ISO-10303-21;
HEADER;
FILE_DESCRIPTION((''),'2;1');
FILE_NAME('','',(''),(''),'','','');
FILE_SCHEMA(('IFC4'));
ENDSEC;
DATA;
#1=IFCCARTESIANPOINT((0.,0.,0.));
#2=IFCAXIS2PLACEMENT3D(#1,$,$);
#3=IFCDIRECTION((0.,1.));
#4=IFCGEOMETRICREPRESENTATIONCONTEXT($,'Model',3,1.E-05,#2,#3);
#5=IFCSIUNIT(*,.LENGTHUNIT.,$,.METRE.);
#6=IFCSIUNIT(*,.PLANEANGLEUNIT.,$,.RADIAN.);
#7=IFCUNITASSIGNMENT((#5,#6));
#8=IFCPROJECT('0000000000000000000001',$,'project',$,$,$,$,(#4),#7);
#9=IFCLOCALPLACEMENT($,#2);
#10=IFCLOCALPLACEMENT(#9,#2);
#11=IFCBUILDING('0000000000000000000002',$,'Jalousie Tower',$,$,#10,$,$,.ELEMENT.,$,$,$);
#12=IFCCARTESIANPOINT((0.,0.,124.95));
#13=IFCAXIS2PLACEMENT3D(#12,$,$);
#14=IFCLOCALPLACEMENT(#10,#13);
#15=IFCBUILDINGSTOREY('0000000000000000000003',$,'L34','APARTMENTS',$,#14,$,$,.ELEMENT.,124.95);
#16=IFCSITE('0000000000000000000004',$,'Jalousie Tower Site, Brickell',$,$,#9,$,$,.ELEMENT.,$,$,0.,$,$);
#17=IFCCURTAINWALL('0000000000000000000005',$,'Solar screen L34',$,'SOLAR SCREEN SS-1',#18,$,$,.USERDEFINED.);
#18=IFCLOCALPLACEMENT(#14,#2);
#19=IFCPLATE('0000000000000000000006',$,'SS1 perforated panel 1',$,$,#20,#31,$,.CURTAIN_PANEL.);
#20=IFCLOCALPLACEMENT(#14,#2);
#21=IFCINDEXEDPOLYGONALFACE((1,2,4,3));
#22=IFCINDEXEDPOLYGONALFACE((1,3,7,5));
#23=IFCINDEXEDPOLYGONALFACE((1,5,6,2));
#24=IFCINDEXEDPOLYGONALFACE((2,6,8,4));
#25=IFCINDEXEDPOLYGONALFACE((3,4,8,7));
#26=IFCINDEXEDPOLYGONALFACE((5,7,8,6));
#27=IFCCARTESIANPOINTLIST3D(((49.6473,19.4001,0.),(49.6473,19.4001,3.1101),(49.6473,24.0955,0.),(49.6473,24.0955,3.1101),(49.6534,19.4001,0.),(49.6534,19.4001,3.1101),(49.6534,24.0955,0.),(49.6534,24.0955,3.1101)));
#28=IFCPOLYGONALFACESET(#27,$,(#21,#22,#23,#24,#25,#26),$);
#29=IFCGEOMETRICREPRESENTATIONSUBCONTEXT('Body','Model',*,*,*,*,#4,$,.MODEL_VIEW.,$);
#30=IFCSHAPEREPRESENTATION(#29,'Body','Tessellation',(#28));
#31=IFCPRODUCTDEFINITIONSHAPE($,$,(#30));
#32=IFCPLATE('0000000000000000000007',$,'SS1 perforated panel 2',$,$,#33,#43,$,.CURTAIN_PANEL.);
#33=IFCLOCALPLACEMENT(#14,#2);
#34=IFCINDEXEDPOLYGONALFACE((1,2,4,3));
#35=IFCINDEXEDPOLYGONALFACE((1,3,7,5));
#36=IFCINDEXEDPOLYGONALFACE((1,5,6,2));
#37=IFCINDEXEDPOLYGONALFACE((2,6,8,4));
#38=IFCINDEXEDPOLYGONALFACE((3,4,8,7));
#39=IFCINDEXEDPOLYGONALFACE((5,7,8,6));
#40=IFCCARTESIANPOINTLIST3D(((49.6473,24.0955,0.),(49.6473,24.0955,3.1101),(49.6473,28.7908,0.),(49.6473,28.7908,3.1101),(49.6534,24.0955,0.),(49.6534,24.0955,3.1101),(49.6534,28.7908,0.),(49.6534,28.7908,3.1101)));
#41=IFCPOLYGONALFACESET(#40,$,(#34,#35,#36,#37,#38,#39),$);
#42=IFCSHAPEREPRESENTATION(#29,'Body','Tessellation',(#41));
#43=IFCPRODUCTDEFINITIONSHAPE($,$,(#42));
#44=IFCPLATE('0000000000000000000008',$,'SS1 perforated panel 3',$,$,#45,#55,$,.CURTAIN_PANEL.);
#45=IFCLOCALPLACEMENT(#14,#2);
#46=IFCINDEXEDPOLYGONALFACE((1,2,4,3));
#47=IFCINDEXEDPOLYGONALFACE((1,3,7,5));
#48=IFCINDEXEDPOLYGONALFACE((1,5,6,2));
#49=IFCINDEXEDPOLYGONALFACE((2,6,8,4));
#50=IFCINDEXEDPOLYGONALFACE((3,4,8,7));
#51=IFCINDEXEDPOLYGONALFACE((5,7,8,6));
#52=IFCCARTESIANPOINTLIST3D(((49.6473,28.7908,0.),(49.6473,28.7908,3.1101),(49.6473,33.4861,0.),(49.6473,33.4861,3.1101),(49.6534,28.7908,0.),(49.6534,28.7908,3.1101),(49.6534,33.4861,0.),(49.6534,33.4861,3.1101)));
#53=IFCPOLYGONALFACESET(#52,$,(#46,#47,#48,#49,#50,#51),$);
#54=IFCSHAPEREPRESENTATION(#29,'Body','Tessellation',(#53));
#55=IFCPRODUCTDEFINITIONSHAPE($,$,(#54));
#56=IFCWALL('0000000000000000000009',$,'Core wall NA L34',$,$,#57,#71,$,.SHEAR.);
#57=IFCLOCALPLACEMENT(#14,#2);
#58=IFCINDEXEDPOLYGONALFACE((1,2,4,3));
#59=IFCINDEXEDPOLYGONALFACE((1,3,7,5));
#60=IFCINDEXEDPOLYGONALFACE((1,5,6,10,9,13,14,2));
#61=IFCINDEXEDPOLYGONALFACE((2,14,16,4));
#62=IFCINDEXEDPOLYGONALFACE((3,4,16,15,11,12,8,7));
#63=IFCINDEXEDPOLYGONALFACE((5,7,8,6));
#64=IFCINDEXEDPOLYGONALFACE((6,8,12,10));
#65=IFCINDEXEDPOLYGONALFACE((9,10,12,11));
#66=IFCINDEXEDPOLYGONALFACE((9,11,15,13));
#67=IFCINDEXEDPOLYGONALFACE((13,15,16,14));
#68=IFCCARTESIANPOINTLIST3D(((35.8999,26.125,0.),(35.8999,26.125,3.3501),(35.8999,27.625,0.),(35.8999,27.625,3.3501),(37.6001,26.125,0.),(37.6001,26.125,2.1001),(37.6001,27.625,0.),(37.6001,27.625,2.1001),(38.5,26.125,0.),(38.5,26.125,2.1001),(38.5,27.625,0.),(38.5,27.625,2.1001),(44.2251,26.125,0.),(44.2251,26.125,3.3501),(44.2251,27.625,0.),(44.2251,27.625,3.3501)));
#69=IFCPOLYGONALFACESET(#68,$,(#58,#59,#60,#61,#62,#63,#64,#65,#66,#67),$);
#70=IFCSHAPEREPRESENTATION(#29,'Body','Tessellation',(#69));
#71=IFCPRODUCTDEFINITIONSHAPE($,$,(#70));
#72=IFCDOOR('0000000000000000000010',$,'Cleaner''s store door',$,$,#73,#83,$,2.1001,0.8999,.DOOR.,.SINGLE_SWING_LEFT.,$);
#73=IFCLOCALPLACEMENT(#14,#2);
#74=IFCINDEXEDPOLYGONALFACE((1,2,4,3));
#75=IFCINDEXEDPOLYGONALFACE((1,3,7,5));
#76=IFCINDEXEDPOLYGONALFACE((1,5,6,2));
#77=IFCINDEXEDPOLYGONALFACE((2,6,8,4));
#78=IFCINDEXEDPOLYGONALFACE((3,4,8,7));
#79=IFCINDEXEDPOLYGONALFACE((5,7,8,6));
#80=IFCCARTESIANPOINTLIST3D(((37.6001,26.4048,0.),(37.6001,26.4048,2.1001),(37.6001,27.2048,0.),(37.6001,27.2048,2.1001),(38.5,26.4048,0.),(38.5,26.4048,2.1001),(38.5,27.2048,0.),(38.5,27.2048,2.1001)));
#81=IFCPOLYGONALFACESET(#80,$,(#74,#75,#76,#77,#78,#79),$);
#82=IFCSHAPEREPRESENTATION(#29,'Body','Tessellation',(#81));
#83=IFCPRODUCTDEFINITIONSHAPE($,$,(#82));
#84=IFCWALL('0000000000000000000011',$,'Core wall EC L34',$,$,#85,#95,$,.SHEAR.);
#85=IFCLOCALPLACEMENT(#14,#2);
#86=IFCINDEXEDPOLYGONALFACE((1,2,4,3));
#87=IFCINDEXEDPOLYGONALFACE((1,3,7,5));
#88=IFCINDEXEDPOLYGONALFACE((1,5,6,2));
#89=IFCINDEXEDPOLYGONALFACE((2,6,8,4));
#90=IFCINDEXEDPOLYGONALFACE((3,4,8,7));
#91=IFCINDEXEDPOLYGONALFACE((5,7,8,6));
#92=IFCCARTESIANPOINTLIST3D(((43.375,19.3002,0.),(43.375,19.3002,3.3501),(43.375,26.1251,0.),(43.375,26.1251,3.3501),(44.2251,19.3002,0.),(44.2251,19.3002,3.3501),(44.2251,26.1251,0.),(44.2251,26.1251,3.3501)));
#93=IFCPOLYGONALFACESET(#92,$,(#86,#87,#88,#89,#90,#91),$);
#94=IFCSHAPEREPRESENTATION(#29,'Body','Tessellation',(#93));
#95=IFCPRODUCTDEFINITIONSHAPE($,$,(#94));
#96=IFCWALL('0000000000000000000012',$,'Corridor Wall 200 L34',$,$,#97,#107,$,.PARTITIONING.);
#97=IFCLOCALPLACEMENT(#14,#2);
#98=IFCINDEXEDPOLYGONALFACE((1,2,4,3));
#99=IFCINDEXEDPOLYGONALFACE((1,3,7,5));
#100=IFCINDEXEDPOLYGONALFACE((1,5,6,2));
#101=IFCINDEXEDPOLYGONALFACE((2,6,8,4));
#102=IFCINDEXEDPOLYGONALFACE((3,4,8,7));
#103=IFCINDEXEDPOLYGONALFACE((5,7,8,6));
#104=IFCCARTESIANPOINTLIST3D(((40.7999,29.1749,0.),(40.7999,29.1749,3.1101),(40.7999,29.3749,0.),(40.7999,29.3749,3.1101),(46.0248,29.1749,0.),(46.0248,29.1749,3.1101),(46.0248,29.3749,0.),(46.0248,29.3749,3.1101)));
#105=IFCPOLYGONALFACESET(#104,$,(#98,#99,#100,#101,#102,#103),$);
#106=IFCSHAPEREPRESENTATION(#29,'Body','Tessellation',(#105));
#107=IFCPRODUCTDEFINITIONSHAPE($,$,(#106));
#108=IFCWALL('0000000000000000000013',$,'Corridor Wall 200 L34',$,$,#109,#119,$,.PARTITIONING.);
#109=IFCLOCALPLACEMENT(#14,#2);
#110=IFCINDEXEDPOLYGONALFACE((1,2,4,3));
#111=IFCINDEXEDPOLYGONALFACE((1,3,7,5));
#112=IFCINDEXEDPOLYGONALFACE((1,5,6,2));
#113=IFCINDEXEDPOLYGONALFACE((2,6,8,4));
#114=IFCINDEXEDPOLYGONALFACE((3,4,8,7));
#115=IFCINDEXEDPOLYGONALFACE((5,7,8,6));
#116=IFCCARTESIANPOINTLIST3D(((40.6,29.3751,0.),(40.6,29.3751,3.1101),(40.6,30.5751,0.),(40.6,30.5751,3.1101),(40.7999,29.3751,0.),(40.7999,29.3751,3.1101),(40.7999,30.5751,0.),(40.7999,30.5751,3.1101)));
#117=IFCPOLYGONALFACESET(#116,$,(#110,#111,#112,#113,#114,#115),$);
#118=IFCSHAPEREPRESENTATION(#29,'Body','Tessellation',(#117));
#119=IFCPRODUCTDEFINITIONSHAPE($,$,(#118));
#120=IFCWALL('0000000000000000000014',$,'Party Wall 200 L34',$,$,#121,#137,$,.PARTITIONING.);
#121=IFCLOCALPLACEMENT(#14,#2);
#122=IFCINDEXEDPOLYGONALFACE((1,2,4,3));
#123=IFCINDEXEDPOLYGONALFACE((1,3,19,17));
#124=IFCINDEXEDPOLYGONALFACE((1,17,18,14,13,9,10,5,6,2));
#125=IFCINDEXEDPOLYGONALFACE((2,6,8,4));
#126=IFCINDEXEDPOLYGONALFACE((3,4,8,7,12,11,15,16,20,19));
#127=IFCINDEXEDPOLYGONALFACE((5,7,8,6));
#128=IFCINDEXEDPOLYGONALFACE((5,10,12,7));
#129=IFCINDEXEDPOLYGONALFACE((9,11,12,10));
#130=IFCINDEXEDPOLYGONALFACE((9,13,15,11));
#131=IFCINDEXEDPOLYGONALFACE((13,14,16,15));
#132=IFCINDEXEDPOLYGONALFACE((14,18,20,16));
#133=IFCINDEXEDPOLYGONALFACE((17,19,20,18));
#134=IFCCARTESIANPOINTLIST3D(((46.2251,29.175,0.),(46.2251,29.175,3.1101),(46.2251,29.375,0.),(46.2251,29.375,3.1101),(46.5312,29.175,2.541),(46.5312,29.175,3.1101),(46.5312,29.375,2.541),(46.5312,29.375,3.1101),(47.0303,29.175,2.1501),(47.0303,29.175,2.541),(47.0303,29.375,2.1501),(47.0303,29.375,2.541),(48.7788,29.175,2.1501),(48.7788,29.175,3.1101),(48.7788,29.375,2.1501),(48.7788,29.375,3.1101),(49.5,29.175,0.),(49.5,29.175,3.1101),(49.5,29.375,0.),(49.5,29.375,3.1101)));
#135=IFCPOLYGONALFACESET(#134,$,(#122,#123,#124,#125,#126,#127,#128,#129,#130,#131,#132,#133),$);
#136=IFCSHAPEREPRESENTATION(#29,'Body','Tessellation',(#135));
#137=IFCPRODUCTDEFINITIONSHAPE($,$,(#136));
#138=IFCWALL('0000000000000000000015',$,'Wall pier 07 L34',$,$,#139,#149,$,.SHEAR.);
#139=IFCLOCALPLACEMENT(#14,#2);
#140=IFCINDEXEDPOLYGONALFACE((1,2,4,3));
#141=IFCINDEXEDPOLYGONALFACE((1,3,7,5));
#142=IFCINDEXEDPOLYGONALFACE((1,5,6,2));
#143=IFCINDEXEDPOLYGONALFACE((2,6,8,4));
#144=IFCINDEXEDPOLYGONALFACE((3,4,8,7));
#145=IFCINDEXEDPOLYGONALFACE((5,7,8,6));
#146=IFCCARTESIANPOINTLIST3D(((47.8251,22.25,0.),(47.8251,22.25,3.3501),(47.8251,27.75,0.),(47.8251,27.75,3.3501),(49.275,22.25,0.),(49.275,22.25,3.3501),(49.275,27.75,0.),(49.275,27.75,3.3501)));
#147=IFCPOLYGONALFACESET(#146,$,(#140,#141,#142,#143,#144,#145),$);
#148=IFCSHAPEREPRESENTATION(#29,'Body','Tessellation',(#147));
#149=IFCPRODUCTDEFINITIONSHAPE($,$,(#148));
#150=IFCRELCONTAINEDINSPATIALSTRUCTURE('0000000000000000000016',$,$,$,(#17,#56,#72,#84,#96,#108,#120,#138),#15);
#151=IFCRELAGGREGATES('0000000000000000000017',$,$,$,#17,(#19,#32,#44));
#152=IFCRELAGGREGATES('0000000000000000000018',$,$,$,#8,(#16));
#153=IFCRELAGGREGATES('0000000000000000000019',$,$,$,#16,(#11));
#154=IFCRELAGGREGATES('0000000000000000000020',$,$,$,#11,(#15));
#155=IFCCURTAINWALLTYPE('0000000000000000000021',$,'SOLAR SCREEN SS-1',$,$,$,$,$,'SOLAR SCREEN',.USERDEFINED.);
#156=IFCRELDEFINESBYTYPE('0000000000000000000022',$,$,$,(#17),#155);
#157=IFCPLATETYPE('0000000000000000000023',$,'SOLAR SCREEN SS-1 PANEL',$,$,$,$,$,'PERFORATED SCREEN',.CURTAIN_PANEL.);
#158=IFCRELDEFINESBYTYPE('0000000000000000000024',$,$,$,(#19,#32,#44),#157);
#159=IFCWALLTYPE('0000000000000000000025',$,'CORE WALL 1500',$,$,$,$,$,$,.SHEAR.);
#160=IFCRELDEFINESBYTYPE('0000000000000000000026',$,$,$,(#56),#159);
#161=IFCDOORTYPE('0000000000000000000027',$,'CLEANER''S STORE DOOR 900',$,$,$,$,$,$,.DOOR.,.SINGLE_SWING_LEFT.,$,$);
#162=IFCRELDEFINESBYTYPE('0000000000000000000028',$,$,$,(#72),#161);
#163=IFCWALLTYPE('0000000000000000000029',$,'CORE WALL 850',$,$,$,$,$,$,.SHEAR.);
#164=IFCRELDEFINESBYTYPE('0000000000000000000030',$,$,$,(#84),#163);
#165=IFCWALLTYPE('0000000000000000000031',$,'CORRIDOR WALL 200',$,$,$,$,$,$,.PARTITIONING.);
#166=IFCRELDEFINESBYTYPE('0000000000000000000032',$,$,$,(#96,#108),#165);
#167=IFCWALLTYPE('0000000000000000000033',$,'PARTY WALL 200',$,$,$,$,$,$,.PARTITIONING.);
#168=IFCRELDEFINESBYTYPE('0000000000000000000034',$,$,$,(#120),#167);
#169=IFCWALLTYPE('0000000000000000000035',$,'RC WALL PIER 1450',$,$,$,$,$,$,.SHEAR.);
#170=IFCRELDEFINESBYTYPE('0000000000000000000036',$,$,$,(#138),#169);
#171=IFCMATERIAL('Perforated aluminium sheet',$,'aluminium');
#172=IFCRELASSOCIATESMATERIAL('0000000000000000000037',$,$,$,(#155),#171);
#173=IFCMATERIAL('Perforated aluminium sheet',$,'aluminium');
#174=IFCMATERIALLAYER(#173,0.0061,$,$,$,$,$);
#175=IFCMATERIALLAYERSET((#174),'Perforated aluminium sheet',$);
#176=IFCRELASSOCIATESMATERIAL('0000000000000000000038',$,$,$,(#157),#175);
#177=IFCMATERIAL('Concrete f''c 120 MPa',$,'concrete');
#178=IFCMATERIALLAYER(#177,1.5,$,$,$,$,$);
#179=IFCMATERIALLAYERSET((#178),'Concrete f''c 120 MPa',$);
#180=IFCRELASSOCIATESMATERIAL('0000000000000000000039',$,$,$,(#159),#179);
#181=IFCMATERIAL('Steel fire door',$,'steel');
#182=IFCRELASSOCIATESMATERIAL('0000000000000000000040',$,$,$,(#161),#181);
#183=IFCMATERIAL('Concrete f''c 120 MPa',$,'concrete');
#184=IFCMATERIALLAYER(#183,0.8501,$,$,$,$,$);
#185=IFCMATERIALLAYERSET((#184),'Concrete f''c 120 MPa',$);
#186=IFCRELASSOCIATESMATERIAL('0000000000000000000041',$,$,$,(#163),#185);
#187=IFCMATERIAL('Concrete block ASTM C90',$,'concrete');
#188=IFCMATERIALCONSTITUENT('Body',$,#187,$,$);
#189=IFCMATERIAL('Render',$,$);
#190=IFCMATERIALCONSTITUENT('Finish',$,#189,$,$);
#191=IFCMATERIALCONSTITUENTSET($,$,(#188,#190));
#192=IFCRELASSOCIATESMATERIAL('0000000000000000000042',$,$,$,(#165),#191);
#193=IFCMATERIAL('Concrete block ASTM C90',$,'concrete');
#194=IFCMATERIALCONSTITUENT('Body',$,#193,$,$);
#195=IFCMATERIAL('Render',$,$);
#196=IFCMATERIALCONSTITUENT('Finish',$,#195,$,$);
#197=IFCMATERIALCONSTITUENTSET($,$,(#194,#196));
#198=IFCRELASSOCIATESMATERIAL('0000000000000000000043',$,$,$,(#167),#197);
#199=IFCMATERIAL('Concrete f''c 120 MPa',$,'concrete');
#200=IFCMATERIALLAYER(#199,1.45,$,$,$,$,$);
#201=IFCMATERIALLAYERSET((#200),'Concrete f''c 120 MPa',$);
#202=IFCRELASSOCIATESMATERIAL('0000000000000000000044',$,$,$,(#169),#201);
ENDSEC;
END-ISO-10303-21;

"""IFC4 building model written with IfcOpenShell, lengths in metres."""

from ifc_helpers import new_model, si_unit, direction, frame, frame_2d, origin, origin_2d, place, context, subcontext, project, spatial, polyline, rectangle, outline, extrude, material, layer, layer_set, constituent, constituent_set, type_object, element, fill, aggregate, save


model = new_model("IFC4")

# Units and contexts
model_context = context("Model", 3, precision=1e-05, world=origin(), true_north=direction((0.0, 1.0)))
body_context = subcontext(model_context, "Body", "Model", "MODEL_VIEW")
ifc_project = project(units=[si_unit("LENGTHUNIT", "METRE"), si_unit("PLANEANGLEUNIT", "RADIAN")], contexts=[model_context])

# Site, building, storey
site_placement = place(None, origin())
site = spatial("IfcSite", under=ifc_project, at=site_placement, Name="Jalousie Tower Site, Brickell", CompositionType="ELEMENT", RefElevation=0.0)
building_placement = place(site_placement, origin())
building = spatial("IfcBuilding", under=site, at=building_placement, Name="Jalousie Tower", CompositionType="ELEMENT")
storey_placement = place(building_placement, frame((0.0, 0.0, 124.95)))
storey = spatial("IfcBuildingStorey", under=building, at=storey_placement, Name="L34", Description="APARTMENTS", CompositionType="ELEMENT", Elevation=124.95)

# Curtain wall, plates
ifc_material_1 = material(Name="Perforated aluminium sheet", Category="aluminium")
curtain_wall_type = type_object("IfcCurtainWallType", Name="SOLAR SCREEN SS-1", ElementType="SOLAR SCREEN", PredefinedType="USERDEFINED", material=ifc_material_1)
curtain_wall_placement = place(storey_placement, origin())
curtain_wall = element("IfcCurtainWall", 1, at=curtain_wall_placement, inside=storey, type_object=curtain_wall_type, Name="Solar screen L34", ObjectType="SOLAR SCREEN SS-1", PredefinedType="USERDEFINED")
ifc_material_2 = material(Name="Perforated aluminium sheet", Category="aluminium")
ifc_layer_1 = layer(ifc_material_2, 0.0061)
ifc_layer_set_1 = layer_set([ifc_layer_1], Name="Perforated aluminium sheet")
plate_type = type_object("IfcPlateType", Name="SOLAR SCREEN SS-1 PANEL", ElementType="PERFORATED SCREEN", PredefinedType="CURTAIN_PANEL", material=ifc_layer_set_1)
plate_1_placement = place(storey_placement, frame((49.6504, 21.7478, 0.0), z_axis=(0.0, 0.0, 1.0), x_axis=(0.0, 1.0, 0.0)))
plate_1 = element("IfcPlate", 2, at=plate_1_placement, type_object=plate_type, Name="SS1 perforated panel 1", PredefinedType="CURTAIN_PANEL", context=body_context, shape_type="SweptSolid", body=[
    extrude(rectangle(XDim=4.6953, YDim=0.0061, at=origin_2d()), origin(), (0.0, 0.0, 1.0), 3.1101),
])
plate_2_placement = place(storey_placement, frame((49.6504, 26.4431, 0.0), z_axis=(0.0, 0.0, 1.0), x_axis=(0.0, 1.0, 0.0)))
plate_2 = element("IfcPlate", 3, at=plate_2_placement, type_object=plate_type, Name="SS1 perforated panel 2", PredefinedType="CURTAIN_PANEL", context=body_context, shape_type="SweptSolid", body=[
    extrude(rectangle(XDim=4.6953, YDim=0.0061, at=origin_2d()), origin(), (0.0, 0.0, 1.0), 3.1101),
])
plate_3_placement = place(storey_placement, frame((49.6504, 31.1384, 0.0), z_axis=(0.0, 0.0, 1.0), x_axis=(0.0, 1.0, 0.0)))
plate_3 = element("IfcPlate", 4, at=plate_3_placement, type_object=plate_type, Name="SS1 perforated panel 3", PredefinedType="CURTAIN_PANEL", context=body_context, shape_type="SweptSolid", body=[
    extrude(rectangle(XDim=4.6953, YDim=0.0061, at=origin_2d()), origin(), (0.0, 0.0, 1.0), 3.1101),
])
aggregate(curtain_wall, [plate_1, plate_2, plate_3])

# Wall, opening, door
ifc_material_3 = material(Name="Concrete f'c 120 MPa", Category="concrete")
ifc_layer_2 = layer(ifc_material_3, 1.5)
ifc_layer_set_2 = layer_set([ifc_layer_2], Name="Concrete f'c 120 MPa")
wall_type_1 = type_object("IfcWallType", Name="CORE WALL 1500", PredefinedType="SHEAR", material=ifc_layer_set_2)
wall_1_placement = place(storey_placement, frame((44.2251, 26.875, 0.0), z_axis=(0.0, 0.0, 1.0), x_axis=(-1.0, 0.0, 0.0)))
wall_1 = element("IfcWall", 5, at=wall_1_placement, inside=storey, type_object=wall_type_1, Name="Core wall NA L34", PredefinedType="SHEAR", context=body_context, shape_type="SweptSolid", body=[
    extrude(rectangle(XDim=8.3252, YDim=1.5, at=frame_2d((4.1626, 0.0))), origin(), (0.0, 0.0, 1.0), 3.3501),
])
opening_placement = place(wall_1_placement, frame((5.7251, 0.0, 0.0)))
opening = element("IfcOpeningElement", 6, at=opening_placement, cuts=wall_1, PredefinedType="OPENING", context=body_context, shape_type="SweptSolid", body=[
    extrude(rectangle(XDim=0.8999, YDim=2.1001, at=frame_2d((0.45, 1.05))), frame((0.0, 0.76, 0.0), z_axis=(0.0, -1.0, 0.0), x_axis=(1.0, 0.0, 0.0)), (0.0, 0.0, 1.0), 1.52),
])
ifc_material_4 = material(Name="Steel fire door", Category="steel")
door_type = type_object("IfcDoorType", Name="CLEANER'S STORE DOOR 900", OperationType="SINGLE_SWING_LEFT", PredefinedType="DOOR", material=ifc_material_4)
door_placement = place(opening_placement, origin())
door = element("IfcDoor", 7, at=door_placement, inside=storey, type_object=door_type, Name="Cleaner's store door", OperationType="SINGLE_SWING_LEFT", OverallHeight=2.1001, OverallWidth=0.8999, PredefinedType="DOOR", context=body_context, shape_type="SweptSolid", body=[
    extrude(rectangle(XDim=0.8999, YDim=2.1001, at=frame_2d((0.45, 1.05))), frame((0.0, 0.4702, 0.0), z_axis=(0.0, -1.0, 0.0), x_axis=(1.0, 0.0, 0.0)), (0.0, 0.0, 1.0), 0.8),
])
fill(opening, door)

# Walls
ifc_material_5 = material(Name="Concrete f'c 120 MPa", Category="concrete")
ifc_layer_3 = layer(ifc_material_5, 0.8501)
ifc_layer_set_3 = layer_set([ifc_layer_3], Name="Concrete f'c 120 MPa")
wall_type_2 = type_object("IfcWallType", Name="CORE WALL 850", PredefinedType="SHEAR", material=ifc_layer_set_3)
wall_2_placement = place(storey_placement, frame((43.8, 19.3, 0.0), z_axis=(0.0, 0.0, 1.0), x_axis=(0.0, 1.0, 0.0)))
element("IfcWall", 8, at=wall_2_placement, inside=storey, type_object=wall_type_2, Name="Core wall EC L34", PredefinedType="SHEAR", context=body_context, shape_type="SweptSolid", body=[
    extrude(rectangle(XDim=6.825, YDim=0.8501, at=frame_2d((3.4126, 0.0))), origin(), (0.0, 0.0, 1.0), 3.3501),
])
ifc_material_6 = material(Name="Concrete block ASTM C90", Category="concrete")
ifc_constituent_1 = constituent(ifc_material_6, Name="Body")
ifc_material_7 = material(Name="Render")
ifc_constituent_2 = constituent(ifc_material_7, Name="Finish")
ifc_constituent_set_1 = constituent_set(constituents=[ifc_constituent_1, ifc_constituent_2])
wall_type_3 = type_object("IfcWallType", Name="CORRIDOR WALL 200", PredefinedType="PARTITIONING", material=ifc_constituent_set_1)
wall_3_placement = place(storey_placement, frame((40.8, 29.2749, 0.0), z_axis=(0.0, 0.0, 1.0), x_axis=(1.0, 0.0, 0.0)))
element("IfcWall", 9, at=wall_3_placement, inside=storey, type_object=wall_type_3, Name="Corridor Wall 200 L34", PredefinedType="PARTITIONING", context=body_context, shape_type="SweptSolid", body=[
    extrude(rectangle(XDim=5.2249, YDim=0.2, at=frame_2d((2.6123, 0.0))), origin(), (0.0, 0.0, 1.0), 3.1101),
])
wall_4_placement = place(storey_placement, frame((40.7, 29.375, 0.0), z_axis=(0.0, 0.0, 1.0), x_axis=(0.0, 1.0, 0.0)))
element("IfcWall", 10, at=wall_4_placement, inside=storey, type_object=wall_type_3, Name="Corridor Wall 200 L34", PredefinedType="PARTITIONING", context=body_context, shape_type="SweptSolid", body=[
    extrude(rectangle(XDim=1.2, YDim=0.2, at=frame_2d((0.6001, 0.0))), origin(), (0.0, 0.0, 1.0), 3.1101),
])
ifc_material_8 = material(Name="Concrete block ASTM C90", Category="concrete")
ifc_constituent_3 = constituent(ifc_material_8, Name="Body")
ifc_material_9 = material(Name="Render")
ifc_constituent_4 = constituent(ifc_material_9, Name="Finish")
ifc_constituent_set_2 = constituent_set(constituents=[ifc_constituent_3, ifc_constituent_4])
wall_type_4 = type_object("IfcWallType", Name="PARTY WALL 200", PredefinedType="PARTITIONING", material=ifc_constituent_set_2)
wall_5_placement = place(storey_placement, frame((46.2251, 29.2749, 0.0), z_axis=(0.0, 0.0, 1.0), x_axis=(1.0, 0.0, 0.0)))
element("IfcWall", 11, at=wall_5_placement, inside=storey, type_object=wall_type_4, Name="Party Wall 200 L34", PredefinedType="PARTITIONING", context=body_context, shape_type="SweptSolid", body=[
    extrude(outline(polyline([(0.0, 0.0), (3.2749, 0.0), (3.2749, 3.1101), (2.5537, 3.1101), (2.5537, 2.1501), (0.8052, 2.1501), (0.8052, 2.541), (0.3062, 2.541), (0.3062, 3.1101), (0.0, 3.1101), (0.0, 0.0)])), frame((0.0, 0.1001, 0.0), z_axis=(0.0, -1.0, 0.0), x_axis=(1.0, 0.0, 0.0)), (0.0, 0.0, 1.0), 0.2),
])
ifc_material_10 = material(Name="Concrete f'c 120 MPa", Category="concrete")
ifc_layer_4 = layer(ifc_material_10, 1.45)
ifc_layer_set_4 = layer_set([ifc_layer_4], Name="Concrete f'c 120 MPa")
wall_type_5 = type_object("IfcWallType", Name="RC WALL PIER 1450", PredefinedType="SHEAR", material=ifc_layer_set_4)
wall_6_placement = place(storey_placement, frame((48.55, 22.25, 0.0), z_axis=(0.0, 0.0, 1.0), x_axis=(0.0, 1.0, 0.0)))
element("IfcWall", 12, at=wall_6_placement, inside=storey, type_object=wall_type_5, Name="Wall pier 07 L34", PredefinedType="SHEAR", context=body_context, shape_type="SweptSolid", body=[
    extrude(rectangle(XDim=5.5, YDim=1.45, at=frame_2d((2.75, 0.0))), origin(), (0.0, 0.0, 1.0), 3.3501),
])

save(model, "model.ifc")
